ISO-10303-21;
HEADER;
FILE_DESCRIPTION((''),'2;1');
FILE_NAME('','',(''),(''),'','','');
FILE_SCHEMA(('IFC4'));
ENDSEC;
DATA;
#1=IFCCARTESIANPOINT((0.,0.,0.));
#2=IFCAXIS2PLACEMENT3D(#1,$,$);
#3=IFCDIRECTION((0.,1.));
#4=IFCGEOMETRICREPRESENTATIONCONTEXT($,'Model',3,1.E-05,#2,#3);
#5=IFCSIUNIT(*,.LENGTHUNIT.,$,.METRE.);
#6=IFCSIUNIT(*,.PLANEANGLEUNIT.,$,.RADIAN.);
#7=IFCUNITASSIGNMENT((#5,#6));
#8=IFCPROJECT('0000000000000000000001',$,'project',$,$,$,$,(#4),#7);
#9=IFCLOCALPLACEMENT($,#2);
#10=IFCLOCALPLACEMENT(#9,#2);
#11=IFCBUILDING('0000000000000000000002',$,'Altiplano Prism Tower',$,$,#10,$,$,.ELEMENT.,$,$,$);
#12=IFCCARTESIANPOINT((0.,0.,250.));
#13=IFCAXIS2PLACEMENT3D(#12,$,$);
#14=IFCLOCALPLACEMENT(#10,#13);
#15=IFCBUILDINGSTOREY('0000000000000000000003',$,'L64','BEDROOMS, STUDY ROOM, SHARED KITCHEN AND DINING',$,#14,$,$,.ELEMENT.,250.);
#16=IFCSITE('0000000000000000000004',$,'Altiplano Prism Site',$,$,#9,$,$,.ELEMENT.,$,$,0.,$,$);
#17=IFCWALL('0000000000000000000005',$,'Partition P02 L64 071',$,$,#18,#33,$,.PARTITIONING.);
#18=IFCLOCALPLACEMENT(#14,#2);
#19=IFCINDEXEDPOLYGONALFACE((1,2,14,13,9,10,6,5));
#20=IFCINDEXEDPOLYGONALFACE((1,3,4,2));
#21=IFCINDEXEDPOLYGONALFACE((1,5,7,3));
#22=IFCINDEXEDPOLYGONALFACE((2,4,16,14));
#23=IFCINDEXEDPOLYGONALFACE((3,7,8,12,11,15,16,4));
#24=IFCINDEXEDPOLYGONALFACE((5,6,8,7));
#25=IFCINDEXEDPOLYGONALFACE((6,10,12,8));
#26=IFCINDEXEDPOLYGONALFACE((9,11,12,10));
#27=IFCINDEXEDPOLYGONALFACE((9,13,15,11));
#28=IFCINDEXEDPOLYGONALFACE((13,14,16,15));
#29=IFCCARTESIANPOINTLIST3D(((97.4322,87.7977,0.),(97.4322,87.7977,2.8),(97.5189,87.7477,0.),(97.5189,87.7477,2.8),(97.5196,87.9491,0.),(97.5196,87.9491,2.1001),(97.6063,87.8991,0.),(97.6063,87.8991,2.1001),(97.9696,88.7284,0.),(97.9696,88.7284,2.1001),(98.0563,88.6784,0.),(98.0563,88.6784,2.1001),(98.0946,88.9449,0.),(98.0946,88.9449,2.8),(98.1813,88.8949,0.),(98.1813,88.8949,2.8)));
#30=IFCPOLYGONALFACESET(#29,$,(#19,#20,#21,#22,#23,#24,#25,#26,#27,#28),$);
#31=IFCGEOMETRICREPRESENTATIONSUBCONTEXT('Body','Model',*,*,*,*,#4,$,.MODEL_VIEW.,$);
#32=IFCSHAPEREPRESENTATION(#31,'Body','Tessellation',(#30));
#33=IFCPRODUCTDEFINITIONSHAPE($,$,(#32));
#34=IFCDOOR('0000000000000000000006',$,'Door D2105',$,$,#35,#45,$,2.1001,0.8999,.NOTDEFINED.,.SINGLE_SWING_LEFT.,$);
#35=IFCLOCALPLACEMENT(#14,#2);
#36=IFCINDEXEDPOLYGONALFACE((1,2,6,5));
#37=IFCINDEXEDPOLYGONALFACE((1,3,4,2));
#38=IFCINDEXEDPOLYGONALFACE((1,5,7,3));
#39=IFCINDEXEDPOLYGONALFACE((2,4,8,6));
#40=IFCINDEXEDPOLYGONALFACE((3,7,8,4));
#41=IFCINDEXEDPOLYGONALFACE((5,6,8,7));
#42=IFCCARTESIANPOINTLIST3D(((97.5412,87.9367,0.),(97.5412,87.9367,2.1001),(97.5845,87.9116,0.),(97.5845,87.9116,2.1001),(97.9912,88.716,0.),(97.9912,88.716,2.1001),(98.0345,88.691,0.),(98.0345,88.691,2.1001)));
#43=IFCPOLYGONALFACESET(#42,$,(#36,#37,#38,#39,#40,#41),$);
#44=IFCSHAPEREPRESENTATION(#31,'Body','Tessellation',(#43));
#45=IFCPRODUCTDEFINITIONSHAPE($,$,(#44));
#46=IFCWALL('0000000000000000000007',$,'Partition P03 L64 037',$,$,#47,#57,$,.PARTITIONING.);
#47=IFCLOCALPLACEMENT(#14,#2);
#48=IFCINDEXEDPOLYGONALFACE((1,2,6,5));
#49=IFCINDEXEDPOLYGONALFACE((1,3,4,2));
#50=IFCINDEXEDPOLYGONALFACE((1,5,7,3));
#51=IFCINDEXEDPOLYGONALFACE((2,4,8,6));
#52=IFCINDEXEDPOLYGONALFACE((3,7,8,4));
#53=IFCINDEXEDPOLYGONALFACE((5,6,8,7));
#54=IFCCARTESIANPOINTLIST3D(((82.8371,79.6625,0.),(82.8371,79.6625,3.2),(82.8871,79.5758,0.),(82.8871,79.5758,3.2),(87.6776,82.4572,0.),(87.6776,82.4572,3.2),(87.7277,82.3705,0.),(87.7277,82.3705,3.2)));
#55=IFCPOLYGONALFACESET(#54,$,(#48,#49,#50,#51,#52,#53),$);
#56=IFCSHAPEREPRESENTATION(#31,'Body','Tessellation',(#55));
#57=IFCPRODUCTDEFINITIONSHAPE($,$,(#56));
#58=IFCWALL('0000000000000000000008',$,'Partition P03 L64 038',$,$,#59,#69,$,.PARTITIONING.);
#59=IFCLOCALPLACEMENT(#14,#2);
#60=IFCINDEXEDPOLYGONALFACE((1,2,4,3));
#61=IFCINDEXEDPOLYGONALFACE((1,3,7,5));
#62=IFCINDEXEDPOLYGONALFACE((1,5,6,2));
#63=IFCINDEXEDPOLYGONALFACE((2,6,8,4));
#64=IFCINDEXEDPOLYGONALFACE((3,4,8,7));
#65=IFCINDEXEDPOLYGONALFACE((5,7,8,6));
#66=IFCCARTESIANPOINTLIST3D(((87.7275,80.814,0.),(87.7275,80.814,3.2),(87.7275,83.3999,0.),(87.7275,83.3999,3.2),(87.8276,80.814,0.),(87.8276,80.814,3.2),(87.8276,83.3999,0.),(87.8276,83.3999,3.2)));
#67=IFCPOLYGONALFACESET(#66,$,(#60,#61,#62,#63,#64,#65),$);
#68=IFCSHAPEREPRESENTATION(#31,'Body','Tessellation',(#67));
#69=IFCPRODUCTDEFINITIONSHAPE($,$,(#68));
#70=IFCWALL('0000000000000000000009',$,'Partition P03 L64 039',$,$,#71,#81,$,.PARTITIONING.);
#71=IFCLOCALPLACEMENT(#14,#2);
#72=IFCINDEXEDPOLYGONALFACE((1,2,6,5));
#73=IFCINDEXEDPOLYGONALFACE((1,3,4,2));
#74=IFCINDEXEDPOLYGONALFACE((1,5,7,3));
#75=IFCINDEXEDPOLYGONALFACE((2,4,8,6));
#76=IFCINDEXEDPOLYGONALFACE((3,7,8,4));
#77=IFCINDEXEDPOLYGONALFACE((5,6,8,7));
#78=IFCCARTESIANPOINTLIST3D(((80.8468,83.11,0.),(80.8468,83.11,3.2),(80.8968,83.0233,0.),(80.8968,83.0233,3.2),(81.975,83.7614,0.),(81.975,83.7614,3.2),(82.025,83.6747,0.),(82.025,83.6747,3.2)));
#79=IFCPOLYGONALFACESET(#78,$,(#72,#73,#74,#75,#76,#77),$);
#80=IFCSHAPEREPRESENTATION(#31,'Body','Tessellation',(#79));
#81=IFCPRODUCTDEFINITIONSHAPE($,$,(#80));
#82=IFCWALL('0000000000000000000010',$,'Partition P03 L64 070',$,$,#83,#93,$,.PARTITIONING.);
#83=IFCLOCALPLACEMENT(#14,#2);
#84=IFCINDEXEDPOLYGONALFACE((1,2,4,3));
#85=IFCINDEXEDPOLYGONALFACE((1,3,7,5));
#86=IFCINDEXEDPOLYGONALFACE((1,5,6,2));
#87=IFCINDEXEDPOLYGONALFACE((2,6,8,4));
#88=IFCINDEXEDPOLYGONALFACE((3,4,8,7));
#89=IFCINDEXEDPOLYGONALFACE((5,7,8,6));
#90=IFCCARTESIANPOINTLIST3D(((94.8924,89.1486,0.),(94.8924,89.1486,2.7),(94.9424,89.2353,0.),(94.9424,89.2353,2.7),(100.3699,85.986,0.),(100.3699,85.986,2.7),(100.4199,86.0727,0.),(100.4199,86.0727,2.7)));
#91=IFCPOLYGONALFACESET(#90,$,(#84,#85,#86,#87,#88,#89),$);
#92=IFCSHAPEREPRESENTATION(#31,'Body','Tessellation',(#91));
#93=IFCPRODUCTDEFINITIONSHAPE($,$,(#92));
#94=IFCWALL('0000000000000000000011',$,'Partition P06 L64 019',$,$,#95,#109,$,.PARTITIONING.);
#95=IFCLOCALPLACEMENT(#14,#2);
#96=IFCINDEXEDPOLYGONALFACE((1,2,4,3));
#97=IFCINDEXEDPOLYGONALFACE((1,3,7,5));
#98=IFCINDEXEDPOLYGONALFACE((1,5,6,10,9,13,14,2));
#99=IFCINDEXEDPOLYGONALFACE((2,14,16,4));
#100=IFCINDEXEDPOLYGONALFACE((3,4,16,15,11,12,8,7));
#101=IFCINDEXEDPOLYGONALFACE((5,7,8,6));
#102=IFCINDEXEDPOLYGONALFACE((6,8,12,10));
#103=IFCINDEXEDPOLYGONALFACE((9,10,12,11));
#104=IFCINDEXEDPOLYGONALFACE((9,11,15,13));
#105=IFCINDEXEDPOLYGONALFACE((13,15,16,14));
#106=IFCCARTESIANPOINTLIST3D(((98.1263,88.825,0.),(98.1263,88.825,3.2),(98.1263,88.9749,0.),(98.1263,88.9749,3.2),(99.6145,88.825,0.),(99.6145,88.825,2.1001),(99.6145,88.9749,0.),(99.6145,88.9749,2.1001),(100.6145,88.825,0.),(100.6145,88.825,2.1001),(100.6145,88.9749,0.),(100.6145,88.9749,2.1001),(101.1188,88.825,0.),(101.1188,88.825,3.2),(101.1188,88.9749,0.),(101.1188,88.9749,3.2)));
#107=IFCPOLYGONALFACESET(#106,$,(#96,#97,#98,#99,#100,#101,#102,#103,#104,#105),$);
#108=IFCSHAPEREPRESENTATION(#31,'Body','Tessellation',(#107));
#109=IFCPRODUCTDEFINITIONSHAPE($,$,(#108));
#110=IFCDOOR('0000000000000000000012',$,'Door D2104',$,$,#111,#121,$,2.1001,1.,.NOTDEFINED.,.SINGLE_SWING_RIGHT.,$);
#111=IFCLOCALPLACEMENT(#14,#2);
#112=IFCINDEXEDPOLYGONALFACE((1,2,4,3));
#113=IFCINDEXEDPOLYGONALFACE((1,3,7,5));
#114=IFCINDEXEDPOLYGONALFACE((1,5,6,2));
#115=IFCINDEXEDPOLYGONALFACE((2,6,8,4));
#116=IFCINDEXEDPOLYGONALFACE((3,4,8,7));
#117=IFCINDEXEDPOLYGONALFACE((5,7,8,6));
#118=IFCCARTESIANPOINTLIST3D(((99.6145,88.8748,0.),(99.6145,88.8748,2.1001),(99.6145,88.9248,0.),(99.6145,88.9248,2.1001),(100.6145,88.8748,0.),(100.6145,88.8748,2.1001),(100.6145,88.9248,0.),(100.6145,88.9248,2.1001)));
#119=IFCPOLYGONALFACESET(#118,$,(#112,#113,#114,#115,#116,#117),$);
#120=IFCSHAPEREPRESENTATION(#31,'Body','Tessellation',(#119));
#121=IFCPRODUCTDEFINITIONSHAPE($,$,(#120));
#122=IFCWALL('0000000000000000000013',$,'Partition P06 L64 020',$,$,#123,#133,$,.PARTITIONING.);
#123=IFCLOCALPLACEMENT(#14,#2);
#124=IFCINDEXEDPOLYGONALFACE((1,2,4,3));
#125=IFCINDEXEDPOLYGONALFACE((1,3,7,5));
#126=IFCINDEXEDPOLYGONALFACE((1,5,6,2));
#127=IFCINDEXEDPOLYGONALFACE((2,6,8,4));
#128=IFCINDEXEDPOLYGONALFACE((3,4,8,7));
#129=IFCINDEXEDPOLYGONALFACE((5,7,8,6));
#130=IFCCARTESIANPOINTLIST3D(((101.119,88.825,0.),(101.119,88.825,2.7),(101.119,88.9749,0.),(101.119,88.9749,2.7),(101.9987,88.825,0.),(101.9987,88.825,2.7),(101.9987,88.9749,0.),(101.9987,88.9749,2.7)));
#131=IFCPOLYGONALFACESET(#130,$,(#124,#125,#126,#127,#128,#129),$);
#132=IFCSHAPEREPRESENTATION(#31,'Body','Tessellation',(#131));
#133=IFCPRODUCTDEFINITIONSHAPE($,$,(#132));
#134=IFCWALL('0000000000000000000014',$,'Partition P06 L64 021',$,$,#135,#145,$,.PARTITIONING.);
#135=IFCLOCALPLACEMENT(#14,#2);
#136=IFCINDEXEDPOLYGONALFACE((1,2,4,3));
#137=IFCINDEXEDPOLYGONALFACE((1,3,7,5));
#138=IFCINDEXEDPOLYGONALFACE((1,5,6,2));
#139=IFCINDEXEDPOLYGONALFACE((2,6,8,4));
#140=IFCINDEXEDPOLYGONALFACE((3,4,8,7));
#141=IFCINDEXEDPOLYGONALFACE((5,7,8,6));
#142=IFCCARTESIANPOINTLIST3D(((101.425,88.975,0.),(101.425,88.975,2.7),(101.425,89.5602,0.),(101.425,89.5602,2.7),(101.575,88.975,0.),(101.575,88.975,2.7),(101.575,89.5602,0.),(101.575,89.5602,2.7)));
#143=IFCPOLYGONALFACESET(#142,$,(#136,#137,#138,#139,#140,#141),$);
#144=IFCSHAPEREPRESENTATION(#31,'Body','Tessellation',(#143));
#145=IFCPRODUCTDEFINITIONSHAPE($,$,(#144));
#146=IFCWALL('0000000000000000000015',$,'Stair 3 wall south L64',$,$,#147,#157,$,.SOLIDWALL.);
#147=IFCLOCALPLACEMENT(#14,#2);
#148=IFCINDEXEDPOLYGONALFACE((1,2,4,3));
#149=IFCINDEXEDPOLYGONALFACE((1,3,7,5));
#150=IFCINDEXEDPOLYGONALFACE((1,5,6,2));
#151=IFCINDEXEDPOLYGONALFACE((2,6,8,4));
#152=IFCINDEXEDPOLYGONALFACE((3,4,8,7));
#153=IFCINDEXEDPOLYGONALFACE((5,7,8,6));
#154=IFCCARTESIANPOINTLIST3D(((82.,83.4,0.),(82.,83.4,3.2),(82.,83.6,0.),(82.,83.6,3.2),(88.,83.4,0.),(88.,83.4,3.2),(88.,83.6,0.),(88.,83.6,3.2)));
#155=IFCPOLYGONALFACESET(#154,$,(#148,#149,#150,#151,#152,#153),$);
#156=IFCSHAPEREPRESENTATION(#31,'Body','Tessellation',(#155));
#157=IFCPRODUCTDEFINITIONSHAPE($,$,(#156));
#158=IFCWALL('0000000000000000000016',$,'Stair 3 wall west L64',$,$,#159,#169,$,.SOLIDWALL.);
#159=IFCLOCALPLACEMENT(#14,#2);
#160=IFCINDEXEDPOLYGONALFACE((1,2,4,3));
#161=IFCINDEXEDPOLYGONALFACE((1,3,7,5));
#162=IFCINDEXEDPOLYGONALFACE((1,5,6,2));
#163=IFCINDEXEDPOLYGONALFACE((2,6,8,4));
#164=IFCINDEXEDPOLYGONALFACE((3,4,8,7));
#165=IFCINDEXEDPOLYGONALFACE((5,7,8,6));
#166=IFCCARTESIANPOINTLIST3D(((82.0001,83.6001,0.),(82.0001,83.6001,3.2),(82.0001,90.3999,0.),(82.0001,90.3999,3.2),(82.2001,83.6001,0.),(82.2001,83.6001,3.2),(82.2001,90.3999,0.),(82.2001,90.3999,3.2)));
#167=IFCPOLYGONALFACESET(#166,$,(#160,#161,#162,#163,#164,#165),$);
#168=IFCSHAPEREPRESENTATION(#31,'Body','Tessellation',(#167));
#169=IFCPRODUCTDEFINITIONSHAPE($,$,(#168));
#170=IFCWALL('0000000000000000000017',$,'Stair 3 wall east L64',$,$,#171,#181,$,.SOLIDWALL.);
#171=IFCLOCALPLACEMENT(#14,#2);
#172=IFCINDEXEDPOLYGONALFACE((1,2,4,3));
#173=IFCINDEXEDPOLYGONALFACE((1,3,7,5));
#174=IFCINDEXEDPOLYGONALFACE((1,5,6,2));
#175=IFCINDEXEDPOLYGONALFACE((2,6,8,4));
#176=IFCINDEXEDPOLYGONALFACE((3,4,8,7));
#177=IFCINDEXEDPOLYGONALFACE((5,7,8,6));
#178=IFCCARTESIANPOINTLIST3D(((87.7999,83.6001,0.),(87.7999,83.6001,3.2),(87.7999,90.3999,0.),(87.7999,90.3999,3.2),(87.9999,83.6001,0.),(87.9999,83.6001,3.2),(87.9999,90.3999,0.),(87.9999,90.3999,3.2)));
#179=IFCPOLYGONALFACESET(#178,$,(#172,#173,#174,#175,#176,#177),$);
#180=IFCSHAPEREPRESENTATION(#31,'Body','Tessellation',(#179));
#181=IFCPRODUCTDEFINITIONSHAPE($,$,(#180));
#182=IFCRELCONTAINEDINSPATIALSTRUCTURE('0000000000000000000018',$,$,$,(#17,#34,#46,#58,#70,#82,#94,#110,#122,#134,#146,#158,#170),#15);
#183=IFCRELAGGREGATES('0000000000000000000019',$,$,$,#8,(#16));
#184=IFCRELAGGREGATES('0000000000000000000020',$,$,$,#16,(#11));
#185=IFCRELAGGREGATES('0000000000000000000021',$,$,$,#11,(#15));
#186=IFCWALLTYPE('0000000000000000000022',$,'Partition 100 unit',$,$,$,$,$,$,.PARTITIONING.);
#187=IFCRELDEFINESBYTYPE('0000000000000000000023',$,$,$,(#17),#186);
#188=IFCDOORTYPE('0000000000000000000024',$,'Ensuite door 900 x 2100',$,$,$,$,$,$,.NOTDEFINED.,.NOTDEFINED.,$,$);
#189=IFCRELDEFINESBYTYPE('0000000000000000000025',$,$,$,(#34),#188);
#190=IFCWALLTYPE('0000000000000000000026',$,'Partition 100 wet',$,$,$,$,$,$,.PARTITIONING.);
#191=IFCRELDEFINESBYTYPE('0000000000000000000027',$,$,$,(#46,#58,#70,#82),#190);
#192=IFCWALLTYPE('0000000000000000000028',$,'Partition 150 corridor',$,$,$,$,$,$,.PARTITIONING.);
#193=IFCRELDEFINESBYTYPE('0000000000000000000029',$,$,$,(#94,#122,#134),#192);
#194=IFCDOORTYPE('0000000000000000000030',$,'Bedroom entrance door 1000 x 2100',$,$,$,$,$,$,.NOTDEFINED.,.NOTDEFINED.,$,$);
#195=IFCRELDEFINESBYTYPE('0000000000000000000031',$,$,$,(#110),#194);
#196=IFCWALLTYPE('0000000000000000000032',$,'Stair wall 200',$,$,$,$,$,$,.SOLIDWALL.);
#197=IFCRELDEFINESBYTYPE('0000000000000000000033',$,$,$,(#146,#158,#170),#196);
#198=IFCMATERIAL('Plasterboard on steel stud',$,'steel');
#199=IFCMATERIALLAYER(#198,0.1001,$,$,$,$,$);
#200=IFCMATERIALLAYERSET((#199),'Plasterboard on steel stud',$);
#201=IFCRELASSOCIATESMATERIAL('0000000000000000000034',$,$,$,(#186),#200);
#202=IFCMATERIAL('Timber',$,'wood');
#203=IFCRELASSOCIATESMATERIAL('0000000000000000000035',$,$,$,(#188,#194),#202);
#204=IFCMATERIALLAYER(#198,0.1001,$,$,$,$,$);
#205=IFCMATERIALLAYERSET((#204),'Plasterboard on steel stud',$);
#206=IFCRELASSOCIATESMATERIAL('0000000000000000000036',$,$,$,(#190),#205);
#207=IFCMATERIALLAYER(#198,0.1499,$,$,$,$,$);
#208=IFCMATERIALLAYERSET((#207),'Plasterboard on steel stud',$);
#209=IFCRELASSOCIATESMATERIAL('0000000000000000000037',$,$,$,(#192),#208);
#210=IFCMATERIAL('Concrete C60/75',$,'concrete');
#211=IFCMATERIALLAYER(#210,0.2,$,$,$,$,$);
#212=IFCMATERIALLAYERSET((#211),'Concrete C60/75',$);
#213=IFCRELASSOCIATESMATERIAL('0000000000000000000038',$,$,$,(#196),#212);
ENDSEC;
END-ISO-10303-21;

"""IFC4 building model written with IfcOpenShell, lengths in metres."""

from ifc_helpers import new_model, si_unit, direction, frame, frame_2d, origin, place, context, subcontext, project, spatial, rectangle, extrude, material, layer, layer_set, type_object, element, fill, save


model = new_model("IFC4")

# Units and contexts
model_context = context("Model", 3, precision=1e-05, world=origin(), true_north=direction((0.0, 1.0)))
body_context = subcontext(model_context, "Body", "Model", "MODEL_VIEW")
ifc_project = project(units=[si_unit("LENGTHUNIT", "METRE"), si_unit("PLANEANGLEUNIT", "RADIAN")], contexts=[model_context])

# Site, building, storey
site_placement = place(None, origin())
site = spatial("IfcSite", under=ifc_project, at=site_placement, Name="Altiplano Prism Site", CompositionType="ELEMENT", RefElevation=0.0)
building_placement = place(site_placement, origin())
building = spatial("IfcBuilding", under=site, at=building_placement, Name="Altiplano Prism Tower", CompositionType="ELEMENT")
storey_placement = place(building_placement, frame((0.0, 0.0, 250.0)))
storey = spatial("IfcBuildingStorey", under=building, at=storey_placement, Name="L64", Description="BEDROOMS, STUDY ROOM, SHARED KITCHEN AND DINING", CompositionType="ELEMENT", Elevation=250.0)

# Shared definitions
ifc_material_1 = material(Name="Concrete C60/75", Category="concrete")

# Shared definitions
ifc_material_2 = material(Name="Plasterboard on steel stud", Category="steel")
ifc_layer_1 = layer(ifc_material_2, 0.1001)
ifc_layer_set_1 = layer_set([ifc_layer_1], Name="Plasterboard on steel stud")
wall_type_1 = type_object("IfcWallType", Name="Partition 100 unit", PredefinedType="PARTITIONING", material=ifc_layer_set_1)

# Wall, opening, door
wall_1_placement = place(storey_placement, frame((98.1379, 88.9199, 0.0), z_axis=(0.0, 0.0, 1.0), x_axis=(-0.500004, -0.866023, 0.0)))
wall_1 = element("IfcWall", 1, at=wall_1_placement, inside=storey, type_object=wall_type_1, Name="Partition P02 L64 071", PredefinedType="PARTITIONING", context=body_context, shape_type="SweptSolid", body=[
    extrude(rectangle(XDim=1.3247, YDim=0.1001, at=frame_2d((0.6624, 0.0))), origin(), (0.0, 0.0, 1.0), 2.8),
])
opening_1_placement = place(wall_1_placement, frame((0.25, 0.0, 0.0)))
opening_1 = element("IfcOpeningElement", 2, at=opening_1_placement, cuts=wall_1, PredefinedType="OPENING", context=body_context, shape_type="SweptSolid", body=[
    extrude(rectangle(XDim=0.8999, YDim=2.1001, at=frame_2d((0.45, 1.05))), frame((0.0, 0.0605, 0.0), z_axis=(0.0, -1.0, 0.0), x_axis=(1.0, 0.0, 0.0)), (0.0, 0.0, 1.0), 0.1211),
])
ifc_material_3 = material(Name="Timber", Category="wood")
door_type_1 = type_object("IfcDoorType", Name="Ensuite door 900 x 2100", OperationType="NOTDEFINED", PredefinedType="NOTDEFINED", material=ifc_material_3)
door_1_placement = place(opening_1_placement, origin())
door_1 = element("IfcDoor", 3, at=door_1_placement, inside=storey, type_object=door_type_1, Name="Door D2105", OperationType="SINGLE_SWING_LEFT", OverallHeight=2.1001, OverallWidth=0.8999, PredefinedType="NOTDEFINED", context=body_context, shape_type="SweptSolid", body=[
    extrude(rectangle(XDim=0.8999, YDim=2.1001, at=frame_2d((0.45, 1.05))), frame((0.0, 0.0249, 0.0), z_axis=(0.0, -1.0, 0.0), x_axis=(1.0, 0.0, 0.0)), (0.0, 0.0, 1.0), 0.05),
])
fill(opening_1, door_1)

# Walls
ifc_layer_2 = layer(ifc_material_2, 0.1001)
ifc_layer_set_2 = layer_set([ifc_layer_2], Name="Plasterboard on steel stud")
wall_type_2 = type_object("IfcWallType", Name="Partition 100 wet", PredefinedType="PARTITIONING", material=ifc_layer_set_2)
wall_2_placement = place(storey_placement, frame((87.7026, 82.4138, 0.0), z_axis=(0.0, 0.0, 1.0), x_axis=(-0.866028, -0.499996, 0.0)))
element("IfcWall", 4, at=wall_2_placement, inside=storey, type_object=wall_type_2, Name="Partition P03 L64 037", PredefinedType="PARTITIONING", context=body_context, shape_type="SweptSolid", body=[
    extrude(rectangle(XDim=5.5894, YDim=0.1001, at=frame_2d((2.7947, 0.0))), origin(), (0.0, 0.0, 1.0), 3.2),
])
wall_3_placement = place(storey_placement, frame((87.7776, 80.814, 0.0), z_axis=(0.0, 0.0, 1.0), x_axis=(0.0, 1.0, 0.0)))
element("IfcWall", 5, at=wall_3_placement, inside=storey, type_object=wall_type_2, Name="Partition P03 L64 038", PredefinedType="PARTITIONING", context=body_context, shape_type="SweptSolid", body=[
    extrude(rectangle(XDim=2.5859, YDim=0.1001, at=frame_2d((1.293, 0.0))), origin(), (0.0, 0.0, 1.0), 3.2),
])
wall_4_placement = place(storey_placement, frame((82.0, 83.718, 0.0), z_axis=(0.0, 0.0, 1.0), x_axis=(-0.86602, -0.500009, 0.0)))
element("IfcWall", 6, at=wall_4_placement, inside=storey, type_object=wall_type_2, Name="Partition P03 L64 039", PredefinedType="PARTITIONING", context=body_context, shape_type="SweptSolid", body=[
    extrude(rectangle(XDim=1.3027, YDim=0.1001, at=frame_2d((0.6514, 0.0))), origin(), (0.0, 0.0, 1.0), 3.2),
])
wall_5_placement = place(storey_placement, frame((100.395, 86.0293, 0.0), z_axis=(0.0, 0.0, 1.0), x_axis=(-0.866016, 0.500016, 0.0)))
element("IfcWall", 7, at=wall_5_placement, inside=storey, type_object=wall_type_2, Name="Partition P03 L64 070", PredefinedType="PARTITIONING", context=body_context, shape_type="SweptSolid", body=[
    extrude(rectangle(XDim=6.325, YDim=0.1001, at=frame_2d((3.1626, 0.0))), origin(), (0.0, 0.0, 1.0), 2.7),
])

# Wall, opening, door
ifc_layer_3 = layer(ifc_material_2, 0.1499)
ifc_layer_set_3 = layer_set([ifc_layer_3], Name="Plasterboard on steel stud")
wall_type_3 = type_object("IfcWallType", Name="Partition 150 corridor", PredefinedType="PARTITIONING", material=ifc_layer_set_3)
wall_6_placement = place(storey_placement, frame((98.1265, 88.8999, 0.0), z_axis=(0.0, 0.0, 1.0), x_axis=(1.0, 0.0, 0.0)))
wall_6 = element("IfcWall", 8, at=wall_6_placement, inside=storey, type_object=wall_type_3, Name="Partition P06 L64 019", PredefinedType="PARTITIONING", context=body_context, shape_type="SweptSolid", body=[
    extrude(rectangle(XDim=2.9924, YDim=0.1499, at=frame_2d((1.4961, 0.0))), origin(), (0.0, 0.0, 1.0), 3.2),
])
opening_2_placement = place(wall_6_placement, frame((1.488, 0.0, 0.0)))
opening_2 = element("IfcOpeningElement", 9, at=opening_2_placement, cuts=wall_6, PredefinedType="OPENING", context=body_context, shape_type="SweptSolid", body=[
    extrude(rectangle(XDim=1.0, YDim=2.1001, at=frame_2d((0.5, 1.05))), frame((0.0, 0.0854, 0.0), z_axis=(0.0, -1.0, 0.0), x_axis=(1.0, 0.0, 0.0)), (0.0, 0.0, 1.0), 0.1709),
])
door_type_2 = type_object("IfcDoorType", Name="Bedroom entrance door 1000 x 2100", OperationType="NOTDEFINED", PredefinedType="NOTDEFINED", material=ifc_material_3)
door_2_placement = place(opening_2_placement, origin())
door_2 = element("IfcDoor", 10, at=door_2_placement, inside=storey, type_object=door_type_2, Name="Door D2104", OperationType="SINGLE_SWING_RIGHT", OverallHeight=2.1001, OverallWidth=1.0, PredefinedType="NOTDEFINED", context=body_context, shape_type="SweptSolid", body=[
    extrude(rectangle(XDim=1.0, YDim=2.1001, at=frame_2d((0.5, 1.05))), frame((0.0, 0.0249, 0.0), z_axis=(0.0, -1.0, 0.0), x_axis=(1.0, 0.0, 0.0)), (0.0, 0.0, 1.0), 0.05),
])
fill(opening_2, door_2)

# Walls
wall_7_placement = place(storey_placement, frame((101.1189, 88.8999, 0.0), z_axis=(0.0, 0.0, 1.0), x_axis=(1.0, 0.0, 0.0)))
element("IfcWall", 11, at=wall_7_placement, inside=storey, type_object=wall_type_3, Name="Partition P06 L64 020", PredefinedType="PARTITIONING", context=body_context, shape_type="SweptSolid", body=[
    extrude(rectangle(XDim=0.8796, YDim=0.1499, at=frame_2d((0.4399, 0.0))), origin(), (0.0, 0.0, 1.0), 2.7),
])
wall_8_placement = place(storey_placement, frame((101.5, 88.9751, 0.0), z_axis=(0.0, 0.0, 1.0), x_axis=(0.0, 1.0, 0.0)))
element("IfcWall", 12, at=wall_8_placement, inside=storey, type_object=wall_type_3, Name="Partition P06 L64 021", PredefinedType="PARTITIONING", context=body_context, shape_type="SweptSolid", body=[
    extrude(rectangle(XDim=0.5852, YDim=0.1499, at=frame_2d((0.2925, 0.0))), origin(), (0.0, 0.0, 1.0), 2.7),
])
ifc_layer_4 = layer(ifc_material_1, 0.2)
ifc_layer_set_4 = layer_set([ifc_layer_4], Name="Concrete C60/75")
wall_type_4 = type_object("IfcWallType", Name="Stair wall 200", PredefinedType="SOLIDWALL", material=ifc_layer_set_4)
wall_9_placement = place(storey_placement, frame((82.0, 83.5, 0.0), z_axis=(0.0, 0.0, 1.0), x_axis=(1.0, 0.0, 0.0)))
element("IfcWall", 13, at=wall_9_placement, inside=storey, type_object=wall_type_4, Name="Stair 3 wall south L64", PredefinedType="SOLIDWALL", context=body_context, shape_type="SweptSolid", body=[
    extrude(rectangle(XDim=6.0, YDim=0.2, at=frame_2d((3.0, 0.0))), origin(), (0.0, 0.0, 1.0), 3.2),
])
for number, where, z_axis, x_axis, name in (
    (14, (82.1001, 83.6001, 0.0), (0.0, 0.0, 1.0), (0.0, 1.0, 0.0), "Stair 3 wall west L64"),
    (15, (87.8999, 83.6001, 0.0), (0.0, 0.0, 1.0), (0.0, 1.0, 0.0), "Stair 3 wall east L64"),
):
    element("IfcWall", number, at=place(storey_placement, frame(where, z_axis=z_axis, x_axis=x_axis)), inside=storey, type_object=wall_type_4, Name=name, PredefinedType="SOLIDWALL", context=body_context, shape_type="SweptSolid", body=[
        extrude(rectangle(XDim=6.7998, YDim=0.2, at=frame_2d((3.3999, 0.0))), origin(), (0.0, 0.0, 1.0), 3.2),
    ])

save(model, "model.ifc")
